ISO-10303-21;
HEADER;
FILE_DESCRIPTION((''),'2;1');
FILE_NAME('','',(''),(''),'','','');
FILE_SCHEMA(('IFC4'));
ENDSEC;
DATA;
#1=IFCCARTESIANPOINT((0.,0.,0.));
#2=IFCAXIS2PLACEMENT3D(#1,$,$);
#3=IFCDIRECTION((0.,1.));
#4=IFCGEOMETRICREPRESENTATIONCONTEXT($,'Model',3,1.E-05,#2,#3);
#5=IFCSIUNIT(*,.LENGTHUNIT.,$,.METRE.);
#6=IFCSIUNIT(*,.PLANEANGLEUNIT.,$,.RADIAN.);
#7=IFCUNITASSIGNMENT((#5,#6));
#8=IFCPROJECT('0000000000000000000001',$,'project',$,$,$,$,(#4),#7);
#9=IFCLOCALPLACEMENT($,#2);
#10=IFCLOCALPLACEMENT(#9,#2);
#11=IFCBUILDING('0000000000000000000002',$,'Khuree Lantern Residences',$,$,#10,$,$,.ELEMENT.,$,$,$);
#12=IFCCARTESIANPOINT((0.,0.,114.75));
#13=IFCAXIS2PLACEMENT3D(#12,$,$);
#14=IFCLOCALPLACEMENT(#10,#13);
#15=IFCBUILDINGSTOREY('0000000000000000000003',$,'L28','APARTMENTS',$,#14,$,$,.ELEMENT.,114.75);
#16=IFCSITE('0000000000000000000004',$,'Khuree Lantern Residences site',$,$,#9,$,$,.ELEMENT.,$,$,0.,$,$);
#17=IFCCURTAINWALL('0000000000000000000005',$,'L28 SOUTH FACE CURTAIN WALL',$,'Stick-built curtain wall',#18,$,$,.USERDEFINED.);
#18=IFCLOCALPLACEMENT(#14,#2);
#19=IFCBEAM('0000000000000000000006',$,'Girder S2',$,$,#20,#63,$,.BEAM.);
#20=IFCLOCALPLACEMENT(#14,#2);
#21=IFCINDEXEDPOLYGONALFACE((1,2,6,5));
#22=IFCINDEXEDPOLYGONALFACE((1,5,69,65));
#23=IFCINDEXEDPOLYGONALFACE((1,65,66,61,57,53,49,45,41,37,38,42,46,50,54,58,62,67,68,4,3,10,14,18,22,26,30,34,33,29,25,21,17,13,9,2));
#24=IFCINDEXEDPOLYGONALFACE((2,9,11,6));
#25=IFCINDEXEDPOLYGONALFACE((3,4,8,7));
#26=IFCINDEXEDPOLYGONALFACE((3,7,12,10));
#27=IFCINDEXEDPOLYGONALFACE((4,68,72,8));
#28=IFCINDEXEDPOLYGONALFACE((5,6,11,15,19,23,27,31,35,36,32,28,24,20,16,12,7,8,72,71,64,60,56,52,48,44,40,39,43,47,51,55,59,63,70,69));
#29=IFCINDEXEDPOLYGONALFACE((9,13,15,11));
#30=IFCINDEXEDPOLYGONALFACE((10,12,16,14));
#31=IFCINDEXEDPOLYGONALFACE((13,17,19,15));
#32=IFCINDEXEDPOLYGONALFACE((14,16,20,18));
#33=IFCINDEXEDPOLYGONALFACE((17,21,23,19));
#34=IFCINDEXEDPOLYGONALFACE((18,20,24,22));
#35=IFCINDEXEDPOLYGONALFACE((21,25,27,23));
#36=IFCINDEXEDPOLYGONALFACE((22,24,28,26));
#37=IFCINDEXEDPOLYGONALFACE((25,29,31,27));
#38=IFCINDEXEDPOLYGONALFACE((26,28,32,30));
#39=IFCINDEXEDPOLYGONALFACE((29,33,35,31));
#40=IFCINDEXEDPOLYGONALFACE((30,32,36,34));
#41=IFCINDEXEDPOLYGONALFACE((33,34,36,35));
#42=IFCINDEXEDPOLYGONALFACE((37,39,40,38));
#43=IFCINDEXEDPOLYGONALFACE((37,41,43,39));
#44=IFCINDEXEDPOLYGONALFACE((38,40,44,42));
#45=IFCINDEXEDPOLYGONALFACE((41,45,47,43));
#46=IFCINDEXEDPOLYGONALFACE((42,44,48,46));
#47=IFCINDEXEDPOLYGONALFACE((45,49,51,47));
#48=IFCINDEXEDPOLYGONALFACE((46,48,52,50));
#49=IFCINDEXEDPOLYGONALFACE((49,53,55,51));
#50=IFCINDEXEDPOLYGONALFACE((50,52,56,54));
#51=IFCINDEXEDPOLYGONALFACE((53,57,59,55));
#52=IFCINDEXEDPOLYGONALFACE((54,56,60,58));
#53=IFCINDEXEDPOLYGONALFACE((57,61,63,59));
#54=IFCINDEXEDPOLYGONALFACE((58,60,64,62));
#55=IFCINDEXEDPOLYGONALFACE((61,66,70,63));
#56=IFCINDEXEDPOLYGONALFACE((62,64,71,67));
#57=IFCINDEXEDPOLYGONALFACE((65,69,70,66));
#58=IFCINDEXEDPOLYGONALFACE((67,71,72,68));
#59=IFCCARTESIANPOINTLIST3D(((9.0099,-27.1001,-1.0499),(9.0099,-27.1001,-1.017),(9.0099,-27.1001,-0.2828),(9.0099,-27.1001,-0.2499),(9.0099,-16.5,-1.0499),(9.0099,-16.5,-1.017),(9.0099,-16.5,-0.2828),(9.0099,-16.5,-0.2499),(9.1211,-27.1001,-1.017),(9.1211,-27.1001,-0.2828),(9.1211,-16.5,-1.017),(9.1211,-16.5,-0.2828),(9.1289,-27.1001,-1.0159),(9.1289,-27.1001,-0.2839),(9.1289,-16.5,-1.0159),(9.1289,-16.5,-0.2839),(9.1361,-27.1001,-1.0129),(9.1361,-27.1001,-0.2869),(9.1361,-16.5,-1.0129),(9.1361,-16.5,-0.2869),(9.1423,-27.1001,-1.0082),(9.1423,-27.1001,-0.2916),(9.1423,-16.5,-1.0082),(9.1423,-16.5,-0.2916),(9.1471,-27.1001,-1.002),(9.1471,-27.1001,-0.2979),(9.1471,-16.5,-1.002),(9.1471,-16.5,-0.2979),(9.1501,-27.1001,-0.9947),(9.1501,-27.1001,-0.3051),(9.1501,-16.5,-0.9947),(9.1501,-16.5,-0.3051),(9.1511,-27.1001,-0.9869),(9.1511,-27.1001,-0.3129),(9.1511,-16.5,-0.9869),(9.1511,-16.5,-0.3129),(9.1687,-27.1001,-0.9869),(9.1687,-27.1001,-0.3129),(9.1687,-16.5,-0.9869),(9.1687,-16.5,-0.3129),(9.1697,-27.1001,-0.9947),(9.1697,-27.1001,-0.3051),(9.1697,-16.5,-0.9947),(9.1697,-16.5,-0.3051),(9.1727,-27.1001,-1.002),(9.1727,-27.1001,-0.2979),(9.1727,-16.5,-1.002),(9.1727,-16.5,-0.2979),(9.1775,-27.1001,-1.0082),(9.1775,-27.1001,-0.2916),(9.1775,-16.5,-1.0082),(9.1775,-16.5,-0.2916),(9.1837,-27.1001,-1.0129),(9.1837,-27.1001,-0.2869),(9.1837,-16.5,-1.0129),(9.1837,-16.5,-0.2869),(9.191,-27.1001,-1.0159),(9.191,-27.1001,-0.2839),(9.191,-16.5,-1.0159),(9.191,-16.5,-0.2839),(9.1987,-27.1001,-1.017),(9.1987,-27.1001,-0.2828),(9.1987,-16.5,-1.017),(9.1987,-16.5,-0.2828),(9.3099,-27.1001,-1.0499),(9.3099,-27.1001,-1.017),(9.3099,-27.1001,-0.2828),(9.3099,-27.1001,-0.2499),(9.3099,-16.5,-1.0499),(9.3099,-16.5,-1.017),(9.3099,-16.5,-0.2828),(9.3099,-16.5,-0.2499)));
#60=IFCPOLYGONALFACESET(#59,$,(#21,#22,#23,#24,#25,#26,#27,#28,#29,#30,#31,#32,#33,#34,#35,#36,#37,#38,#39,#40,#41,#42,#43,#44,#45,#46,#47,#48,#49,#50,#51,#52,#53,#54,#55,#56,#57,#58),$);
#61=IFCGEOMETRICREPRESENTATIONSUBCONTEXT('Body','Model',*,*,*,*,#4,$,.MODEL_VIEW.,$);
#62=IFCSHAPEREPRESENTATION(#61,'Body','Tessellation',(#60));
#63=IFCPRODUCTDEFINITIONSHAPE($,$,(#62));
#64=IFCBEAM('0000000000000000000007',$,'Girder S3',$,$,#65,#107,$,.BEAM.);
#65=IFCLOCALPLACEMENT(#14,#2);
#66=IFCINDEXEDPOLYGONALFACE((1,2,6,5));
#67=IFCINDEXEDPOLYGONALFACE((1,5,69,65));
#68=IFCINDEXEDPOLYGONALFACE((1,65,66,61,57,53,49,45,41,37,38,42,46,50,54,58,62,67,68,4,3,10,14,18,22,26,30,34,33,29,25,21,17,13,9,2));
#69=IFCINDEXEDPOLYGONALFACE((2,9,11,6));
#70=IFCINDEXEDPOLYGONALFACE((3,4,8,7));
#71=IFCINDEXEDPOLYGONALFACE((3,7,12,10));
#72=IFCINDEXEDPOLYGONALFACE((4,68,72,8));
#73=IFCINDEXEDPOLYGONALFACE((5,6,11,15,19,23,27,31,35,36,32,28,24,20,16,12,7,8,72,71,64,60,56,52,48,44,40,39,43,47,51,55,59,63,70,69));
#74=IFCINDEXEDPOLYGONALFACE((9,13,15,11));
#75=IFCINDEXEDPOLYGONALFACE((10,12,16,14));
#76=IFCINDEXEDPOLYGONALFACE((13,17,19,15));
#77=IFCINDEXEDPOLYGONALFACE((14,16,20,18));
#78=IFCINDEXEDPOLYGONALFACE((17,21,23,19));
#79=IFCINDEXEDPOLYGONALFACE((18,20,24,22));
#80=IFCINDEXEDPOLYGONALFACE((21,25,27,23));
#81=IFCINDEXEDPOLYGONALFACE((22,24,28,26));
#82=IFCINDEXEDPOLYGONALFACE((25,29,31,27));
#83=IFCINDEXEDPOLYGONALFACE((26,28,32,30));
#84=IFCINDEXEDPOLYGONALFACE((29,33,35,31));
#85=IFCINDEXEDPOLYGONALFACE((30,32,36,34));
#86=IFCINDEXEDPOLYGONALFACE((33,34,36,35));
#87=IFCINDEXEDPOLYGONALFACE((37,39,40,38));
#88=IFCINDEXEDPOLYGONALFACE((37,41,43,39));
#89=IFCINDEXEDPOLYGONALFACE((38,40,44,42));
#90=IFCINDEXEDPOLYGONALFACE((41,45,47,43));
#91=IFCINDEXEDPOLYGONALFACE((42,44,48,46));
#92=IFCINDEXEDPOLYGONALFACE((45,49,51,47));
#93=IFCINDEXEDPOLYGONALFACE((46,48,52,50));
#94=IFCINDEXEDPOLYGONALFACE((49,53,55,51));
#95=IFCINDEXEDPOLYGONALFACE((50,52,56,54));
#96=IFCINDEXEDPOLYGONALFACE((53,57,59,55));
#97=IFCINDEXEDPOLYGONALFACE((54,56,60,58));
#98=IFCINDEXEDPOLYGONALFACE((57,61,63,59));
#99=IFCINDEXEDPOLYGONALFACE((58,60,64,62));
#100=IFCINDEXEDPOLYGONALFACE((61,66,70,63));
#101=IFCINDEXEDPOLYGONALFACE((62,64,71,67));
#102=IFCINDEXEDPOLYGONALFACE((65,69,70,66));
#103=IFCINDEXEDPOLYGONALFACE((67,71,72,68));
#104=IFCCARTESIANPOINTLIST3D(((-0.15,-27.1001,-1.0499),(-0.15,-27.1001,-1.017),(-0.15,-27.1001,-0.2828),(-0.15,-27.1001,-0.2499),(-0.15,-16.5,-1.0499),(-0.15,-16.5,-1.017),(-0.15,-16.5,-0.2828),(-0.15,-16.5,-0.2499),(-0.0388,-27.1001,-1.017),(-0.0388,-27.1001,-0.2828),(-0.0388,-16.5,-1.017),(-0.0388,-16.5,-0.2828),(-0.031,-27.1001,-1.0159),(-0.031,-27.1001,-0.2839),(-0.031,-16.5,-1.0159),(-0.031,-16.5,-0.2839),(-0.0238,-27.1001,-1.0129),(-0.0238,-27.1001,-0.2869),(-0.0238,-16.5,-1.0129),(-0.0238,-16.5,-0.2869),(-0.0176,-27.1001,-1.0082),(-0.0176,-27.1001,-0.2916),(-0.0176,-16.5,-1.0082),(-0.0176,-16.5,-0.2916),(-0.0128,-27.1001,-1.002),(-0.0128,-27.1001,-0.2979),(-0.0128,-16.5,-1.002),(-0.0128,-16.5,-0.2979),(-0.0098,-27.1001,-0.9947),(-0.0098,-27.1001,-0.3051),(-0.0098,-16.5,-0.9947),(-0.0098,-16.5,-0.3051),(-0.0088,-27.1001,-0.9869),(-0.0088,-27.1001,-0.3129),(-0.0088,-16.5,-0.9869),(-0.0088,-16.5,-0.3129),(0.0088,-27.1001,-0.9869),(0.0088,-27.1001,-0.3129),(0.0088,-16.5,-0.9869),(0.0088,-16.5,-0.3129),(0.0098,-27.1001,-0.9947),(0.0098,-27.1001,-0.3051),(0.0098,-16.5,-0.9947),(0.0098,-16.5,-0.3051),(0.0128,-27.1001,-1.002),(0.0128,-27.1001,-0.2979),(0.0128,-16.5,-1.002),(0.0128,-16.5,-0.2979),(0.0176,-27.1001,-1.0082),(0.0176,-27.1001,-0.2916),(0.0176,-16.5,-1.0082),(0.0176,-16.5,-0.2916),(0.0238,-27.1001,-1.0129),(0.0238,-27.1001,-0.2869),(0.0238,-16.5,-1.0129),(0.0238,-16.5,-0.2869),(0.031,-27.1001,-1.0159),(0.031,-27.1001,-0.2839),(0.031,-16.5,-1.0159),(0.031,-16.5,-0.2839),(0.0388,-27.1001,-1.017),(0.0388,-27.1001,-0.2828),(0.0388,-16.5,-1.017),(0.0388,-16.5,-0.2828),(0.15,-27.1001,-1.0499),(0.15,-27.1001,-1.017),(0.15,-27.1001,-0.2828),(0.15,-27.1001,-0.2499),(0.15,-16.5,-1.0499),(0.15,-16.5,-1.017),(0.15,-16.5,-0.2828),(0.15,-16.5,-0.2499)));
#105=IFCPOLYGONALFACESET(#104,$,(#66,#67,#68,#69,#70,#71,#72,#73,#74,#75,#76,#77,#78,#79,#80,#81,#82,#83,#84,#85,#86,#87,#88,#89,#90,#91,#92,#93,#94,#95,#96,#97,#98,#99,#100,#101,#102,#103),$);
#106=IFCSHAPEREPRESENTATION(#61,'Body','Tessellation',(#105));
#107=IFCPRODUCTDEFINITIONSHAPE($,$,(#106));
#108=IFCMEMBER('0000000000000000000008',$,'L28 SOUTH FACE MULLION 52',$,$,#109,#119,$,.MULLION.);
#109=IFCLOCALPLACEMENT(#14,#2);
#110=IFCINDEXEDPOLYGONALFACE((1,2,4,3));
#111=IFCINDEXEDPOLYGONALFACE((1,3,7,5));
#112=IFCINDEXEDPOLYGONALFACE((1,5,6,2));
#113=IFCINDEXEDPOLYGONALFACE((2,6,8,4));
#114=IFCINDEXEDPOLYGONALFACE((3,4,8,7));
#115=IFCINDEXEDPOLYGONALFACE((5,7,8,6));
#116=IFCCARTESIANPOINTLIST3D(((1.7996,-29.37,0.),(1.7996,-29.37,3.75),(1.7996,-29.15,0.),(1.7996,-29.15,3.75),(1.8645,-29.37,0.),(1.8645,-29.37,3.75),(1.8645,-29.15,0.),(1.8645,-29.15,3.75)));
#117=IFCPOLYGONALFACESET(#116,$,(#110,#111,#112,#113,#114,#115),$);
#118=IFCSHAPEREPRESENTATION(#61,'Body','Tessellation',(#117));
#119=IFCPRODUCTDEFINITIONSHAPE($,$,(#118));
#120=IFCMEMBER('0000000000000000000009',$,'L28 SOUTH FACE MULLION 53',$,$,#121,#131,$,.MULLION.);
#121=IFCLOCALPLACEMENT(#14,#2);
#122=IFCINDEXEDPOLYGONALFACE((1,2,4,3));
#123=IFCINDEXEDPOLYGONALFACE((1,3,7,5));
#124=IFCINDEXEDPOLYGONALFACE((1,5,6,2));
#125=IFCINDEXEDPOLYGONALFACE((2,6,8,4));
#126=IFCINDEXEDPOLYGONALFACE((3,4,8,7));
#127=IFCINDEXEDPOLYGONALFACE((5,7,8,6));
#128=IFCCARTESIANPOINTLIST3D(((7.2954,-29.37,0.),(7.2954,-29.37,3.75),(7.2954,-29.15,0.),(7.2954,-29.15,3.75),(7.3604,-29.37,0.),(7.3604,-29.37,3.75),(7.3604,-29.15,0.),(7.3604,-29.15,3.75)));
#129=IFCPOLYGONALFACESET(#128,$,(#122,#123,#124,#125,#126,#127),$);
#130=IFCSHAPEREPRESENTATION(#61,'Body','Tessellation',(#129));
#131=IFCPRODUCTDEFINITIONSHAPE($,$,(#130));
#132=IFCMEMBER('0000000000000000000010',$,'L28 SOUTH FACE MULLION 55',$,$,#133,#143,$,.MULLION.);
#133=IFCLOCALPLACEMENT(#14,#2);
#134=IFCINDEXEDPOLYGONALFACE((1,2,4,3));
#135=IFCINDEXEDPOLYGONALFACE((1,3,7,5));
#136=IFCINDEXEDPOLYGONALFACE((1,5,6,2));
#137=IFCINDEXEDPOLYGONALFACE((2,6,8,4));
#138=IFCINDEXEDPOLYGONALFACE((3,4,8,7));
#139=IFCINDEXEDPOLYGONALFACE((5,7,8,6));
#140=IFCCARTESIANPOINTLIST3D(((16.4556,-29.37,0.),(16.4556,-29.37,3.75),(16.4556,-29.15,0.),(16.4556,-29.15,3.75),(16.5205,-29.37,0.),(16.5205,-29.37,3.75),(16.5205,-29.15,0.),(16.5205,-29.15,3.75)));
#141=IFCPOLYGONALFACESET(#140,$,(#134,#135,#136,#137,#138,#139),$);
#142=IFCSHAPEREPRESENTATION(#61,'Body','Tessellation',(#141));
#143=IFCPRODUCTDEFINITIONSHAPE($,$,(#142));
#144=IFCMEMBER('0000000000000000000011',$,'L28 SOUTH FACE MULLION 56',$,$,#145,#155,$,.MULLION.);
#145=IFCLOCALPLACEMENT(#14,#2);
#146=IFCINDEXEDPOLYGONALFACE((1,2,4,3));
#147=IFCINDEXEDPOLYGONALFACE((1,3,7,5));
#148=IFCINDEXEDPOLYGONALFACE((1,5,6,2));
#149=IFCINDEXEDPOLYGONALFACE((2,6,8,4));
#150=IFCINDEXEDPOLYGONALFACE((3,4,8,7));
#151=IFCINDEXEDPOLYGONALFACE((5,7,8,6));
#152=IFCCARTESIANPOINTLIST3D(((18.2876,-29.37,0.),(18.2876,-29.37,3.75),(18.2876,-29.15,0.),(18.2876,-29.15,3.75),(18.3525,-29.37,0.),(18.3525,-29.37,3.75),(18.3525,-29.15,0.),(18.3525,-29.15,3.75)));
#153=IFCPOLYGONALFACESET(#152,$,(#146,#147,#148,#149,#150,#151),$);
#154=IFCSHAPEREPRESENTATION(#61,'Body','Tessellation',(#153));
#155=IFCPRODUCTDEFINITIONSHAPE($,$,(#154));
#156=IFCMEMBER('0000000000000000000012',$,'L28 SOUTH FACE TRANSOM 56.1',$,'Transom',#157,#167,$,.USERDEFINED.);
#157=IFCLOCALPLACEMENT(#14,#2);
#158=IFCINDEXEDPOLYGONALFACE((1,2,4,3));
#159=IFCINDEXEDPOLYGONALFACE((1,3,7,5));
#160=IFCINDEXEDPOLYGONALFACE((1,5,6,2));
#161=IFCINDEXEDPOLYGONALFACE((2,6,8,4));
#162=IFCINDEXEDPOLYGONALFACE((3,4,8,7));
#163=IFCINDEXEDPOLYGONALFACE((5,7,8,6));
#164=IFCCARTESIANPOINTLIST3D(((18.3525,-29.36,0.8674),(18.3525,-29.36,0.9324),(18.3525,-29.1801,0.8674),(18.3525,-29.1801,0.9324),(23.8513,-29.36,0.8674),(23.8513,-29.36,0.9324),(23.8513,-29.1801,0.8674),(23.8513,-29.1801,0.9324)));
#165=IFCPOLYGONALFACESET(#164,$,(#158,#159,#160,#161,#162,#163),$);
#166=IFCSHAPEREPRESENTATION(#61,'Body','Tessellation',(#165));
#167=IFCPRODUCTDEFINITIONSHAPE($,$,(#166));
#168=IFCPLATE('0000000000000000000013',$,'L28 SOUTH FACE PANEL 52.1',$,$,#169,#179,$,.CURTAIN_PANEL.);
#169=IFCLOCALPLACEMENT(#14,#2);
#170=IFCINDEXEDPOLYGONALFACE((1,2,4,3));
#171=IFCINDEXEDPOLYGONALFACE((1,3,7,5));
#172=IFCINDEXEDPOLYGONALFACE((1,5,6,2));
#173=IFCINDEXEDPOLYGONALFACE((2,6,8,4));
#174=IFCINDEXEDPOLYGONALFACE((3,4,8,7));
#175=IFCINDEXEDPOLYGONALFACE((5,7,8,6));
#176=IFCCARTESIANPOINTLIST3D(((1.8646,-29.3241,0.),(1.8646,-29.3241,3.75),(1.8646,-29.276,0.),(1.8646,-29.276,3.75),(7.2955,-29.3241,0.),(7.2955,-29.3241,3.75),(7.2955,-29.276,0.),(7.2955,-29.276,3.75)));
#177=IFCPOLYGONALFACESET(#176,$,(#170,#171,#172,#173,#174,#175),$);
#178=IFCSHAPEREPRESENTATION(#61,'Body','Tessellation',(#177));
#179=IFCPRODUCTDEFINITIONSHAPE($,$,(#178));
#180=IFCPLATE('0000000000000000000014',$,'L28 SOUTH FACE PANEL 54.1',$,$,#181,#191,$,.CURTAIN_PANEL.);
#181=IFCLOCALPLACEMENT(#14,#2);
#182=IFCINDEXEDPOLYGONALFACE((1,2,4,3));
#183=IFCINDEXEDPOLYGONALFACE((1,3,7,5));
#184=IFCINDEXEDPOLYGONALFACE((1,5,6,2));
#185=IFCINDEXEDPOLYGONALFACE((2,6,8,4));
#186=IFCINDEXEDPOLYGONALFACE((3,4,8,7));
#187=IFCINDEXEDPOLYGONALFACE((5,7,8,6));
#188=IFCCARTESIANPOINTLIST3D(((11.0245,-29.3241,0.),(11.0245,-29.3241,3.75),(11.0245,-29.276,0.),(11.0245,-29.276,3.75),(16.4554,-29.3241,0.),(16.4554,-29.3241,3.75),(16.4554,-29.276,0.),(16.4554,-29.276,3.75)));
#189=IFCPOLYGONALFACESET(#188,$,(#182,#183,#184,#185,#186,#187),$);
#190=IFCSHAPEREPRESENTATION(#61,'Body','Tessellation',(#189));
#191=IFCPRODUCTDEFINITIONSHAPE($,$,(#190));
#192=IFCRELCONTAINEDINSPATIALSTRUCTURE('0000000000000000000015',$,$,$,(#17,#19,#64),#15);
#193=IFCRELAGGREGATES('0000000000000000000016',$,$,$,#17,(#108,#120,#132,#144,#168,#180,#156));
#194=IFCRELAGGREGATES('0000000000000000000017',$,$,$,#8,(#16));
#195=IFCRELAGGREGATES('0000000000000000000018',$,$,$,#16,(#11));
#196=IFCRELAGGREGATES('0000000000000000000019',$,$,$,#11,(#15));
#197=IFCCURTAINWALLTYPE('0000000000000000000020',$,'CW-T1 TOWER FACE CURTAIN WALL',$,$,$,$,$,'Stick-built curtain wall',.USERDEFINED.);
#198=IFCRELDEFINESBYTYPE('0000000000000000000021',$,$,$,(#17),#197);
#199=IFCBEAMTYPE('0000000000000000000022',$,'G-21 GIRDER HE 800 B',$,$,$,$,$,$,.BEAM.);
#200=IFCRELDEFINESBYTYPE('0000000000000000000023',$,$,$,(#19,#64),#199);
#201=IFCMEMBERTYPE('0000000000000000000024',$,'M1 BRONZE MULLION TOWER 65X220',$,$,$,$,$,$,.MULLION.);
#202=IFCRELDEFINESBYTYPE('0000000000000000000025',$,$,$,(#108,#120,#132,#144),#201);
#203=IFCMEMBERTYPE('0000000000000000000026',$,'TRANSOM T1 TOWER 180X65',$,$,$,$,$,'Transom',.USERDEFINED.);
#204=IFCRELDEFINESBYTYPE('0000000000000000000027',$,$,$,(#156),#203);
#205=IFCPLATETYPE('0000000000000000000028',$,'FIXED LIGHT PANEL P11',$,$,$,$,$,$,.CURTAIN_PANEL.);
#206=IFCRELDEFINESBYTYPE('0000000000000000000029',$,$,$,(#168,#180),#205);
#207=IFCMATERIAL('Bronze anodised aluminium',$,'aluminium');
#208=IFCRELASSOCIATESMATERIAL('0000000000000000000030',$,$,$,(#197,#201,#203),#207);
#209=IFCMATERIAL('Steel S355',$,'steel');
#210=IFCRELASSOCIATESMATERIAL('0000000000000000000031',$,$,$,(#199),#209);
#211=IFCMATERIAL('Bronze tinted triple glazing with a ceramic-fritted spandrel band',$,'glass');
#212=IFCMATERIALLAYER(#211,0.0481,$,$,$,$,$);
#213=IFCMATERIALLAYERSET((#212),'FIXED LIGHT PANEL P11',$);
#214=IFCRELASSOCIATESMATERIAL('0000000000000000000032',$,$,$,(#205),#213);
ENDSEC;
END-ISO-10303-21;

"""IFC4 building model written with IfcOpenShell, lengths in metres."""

from ifc_helpers import new_model, si_unit, direction, frame, origin, origin_2d, place, context, subcontext, project, spatial, rectangle, i_section, extrude, material, layer, layer_set, material_profile, profile_set, type_object, element, aggregate, save


model = new_model("IFC4")

# Units and contexts
model_context = context("Model", 3, precision=1e-05, world=origin(), true_north=direction((0.0, 1.0)))
body_context = subcontext(model_context, "Body", "Model", "MODEL_VIEW")
ifc_project = project(units=[si_unit("LENGTHUNIT", "METRE"), si_unit("PLANEANGLEUNIT", "RADIAN")], contexts=[model_context])

# Site, building, storey
site_placement = place(None, origin())
site = spatial("IfcSite", under=ifc_project, at=site_placement, Name="Khuree Lantern Residences site", CompositionType="ELEMENT", RefElevation=0.0)
building_placement = place(site_placement, origin())
building = spatial("IfcBuilding", under=site, at=building_placement, Name="Khuree Lantern Residences", CompositionType="ELEMENT")
storey_placement = place(building_placement, frame((0.0, 0.0, 114.75)))
storey = spatial("IfcBuildingStorey", under=building, at=storey_placement, Name="L28", Description="APARTMENTS", CompositionType="ELEMENT", Elevation=114.75)

# Shared definitions
ifc_material_1 = material(Name="Steel S355", Category="steel")

# Curtain wall
ifc_material_2 = material(Name="Bronze anodised aluminium", Category="aluminium")
curtain_wall_type = type_object("IfcCurtainWallType", Name="CW-T1 TOWER FACE CURTAIN WALL", ElementType="Stick-built curtain wall", PredefinedType="USERDEFINED", material=ifc_material_2)
curtain_wall_placement = place(storey_placement, origin())
curtain_wall = element("IfcCurtainWall", 1, at=curtain_wall_placement, inside=storey, type_object=curtain_wall_type, Name="L28 SOUTH FACE CURTAIN WALL", ObjectType="Stick-built curtain wall", PredefinedType="USERDEFINED")

# Beams
ifc_material_profile_1 = material_profile(ifc_material_1, i_section(OverallWidth=0.3, OverallDepth=0.8, WebThickness=0.0176, FlangeThickness=0.033, FilletRadius=0.03, at=origin_2d()), Name="HE 800 B")
ifc_profile_set_1 = profile_set([ifc_material_profile_1], Name="Steel S355")
beam_type_1 = type_object("IfcBeamType", Name="G-21 GIRDER HE 800 B", PredefinedType="BEAM", material=ifc_profile_set_1)
for number, where, z_axis, x_axis, name in (
    (2, (9.1599, -27.1001, -0.6499), (0.0, 1.0, 0.0), (-1.0, 0.0, 0.0), "Girder S2"),
    (3, (0.0, -27.1001, -0.6499), (0.0, 1.0, 0.0), (-1.0, 0.0, 0.0), "Girder S3"),
):
    element("IfcBeam", number, at=place(storey_placement, frame(where, z_axis=z_axis, x_axis=x_axis)), inside=storey, type_object=beam_type_1, Name=name, PredefinedType="BEAM", context=body_context, shape_type="SweptSolid", body=[
        extrude(i_section(OverallWidth=0.3, OverallDepth=0.8, WebThickness=0.0176, FlangeThickness=0.033, FilletRadius=0.03, at=origin_2d()), origin(), (0.0, 0.0, 1.0), 10.6001),
    ])

# Members
ifc_material_profile_2 = material_profile(ifc_material_2, rectangle(XDim=0.0649, YDim=0.22, at=origin_2d()), Name="M1 65X220")
ifc_profile_set_2 = profile_set([ifc_material_profile_2], Name="Bronze anodised aluminium")
member_type_1 = type_object("IfcMemberType", Name="M1 BRONZE MULLION TOWER 65X220", PredefinedType="MULLION", material=ifc_profile_set_2)
member_1_placement = place(storey_placement, frame((1.832, -29.26, 0.0), z_axis=(0.0, 0.0, 1.0), x_axis=(1.0, 0.0, 0.0)))
member_1 = element("IfcMember", 4, at=member_1_placement, type_object=member_type_1, Name="L28 SOUTH FACE MULLION 52", PredefinedType="MULLION", context=body_context, shape_type="SweptSolid", body=[
    extrude(rectangle(XDim=0.0649, YDim=0.22, at=origin_2d()), origin(), (0.0, 0.0, 1.0), 3.75),
])
member_2_placement = place(storey_placement, frame((7.3279, -29.26, 0.0), z_axis=(0.0, 0.0, 1.0), x_axis=(1.0, 0.0, 0.0)))
member_2 = element("IfcMember", 5, at=member_2_placement, type_object=member_type_1, Name="L28 SOUTH FACE MULLION 53", PredefinedType="MULLION", context=body_context, shape_type="SweptSolid", body=[
    extrude(rectangle(XDim=0.0649, YDim=0.22, at=origin_2d()), origin(), (0.0, 0.0, 1.0), 3.75),
])
member_3_placement = place(storey_placement, frame((16.488, -29.26, 0.0), z_axis=(0.0, 0.0, 1.0), x_axis=(1.0, 0.0, 0.0)))
member_3 = element("IfcMember", 6, at=member_3_placement, type_object=member_type_1, Name="L28 SOUTH FACE MULLION 55", PredefinedType="MULLION", context=body_context, shape_type="SweptSolid", body=[
    extrude(rectangle(XDim=0.0649, YDim=0.22, at=origin_2d()), origin(), (0.0, 0.0, 1.0), 3.75),
])
member_4_placement = place(storey_placement, frame((18.3201, -29.26, 0.0), z_axis=(0.0, 0.0, 1.0), x_axis=(1.0, 0.0, 0.0)))
member_4 = element("IfcMember", 7, at=member_4_placement, type_object=member_type_1, Name="L28 SOUTH FACE MULLION 56", PredefinedType="MULLION", context=body_context, shape_type="SweptSolid", body=[
    extrude(rectangle(XDim=0.0649, YDim=0.22, at=origin_2d()), origin(), (0.0, 0.0, 1.0), 3.75),
])
ifc_material_profile_3 = material_profile(ifc_material_2, rectangle(XDim=0.1799, YDim=0.0649, at=origin_2d()), Name="T1 180X65")
ifc_profile_set_3 = profile_set([ifc_material_profile_3], Name="Bronze anodised aluminium")
member_type_2 = type_object("IfcMemberType", Name="TRANSOM T1 TOWER 180X65", ElementType="Transom", PredefinedType="USERDEFINED", material=ifc_profile_set_3)
member_5_placement = place(storey_placement, frame((18.3525, -29.27, 0.8999), z_axis=(1.0, 0.0, 0.0), x_axis=(0.0, 1.0, 0.0)))
member_5 = element("IfcMember", 8, at=member_5_placement, type_object=member_type_2, Name="L28 SOUTH FACE TRANSOM 56.1", ObjectType="Transom", PredefinedType="USERDEFINED", context=body_context, shape_type="SweptSolid", body=[
    extrude(rectangle(XDim=0.1799, YDim=0.0649, at=origin_2d()), origin(), (0.0, 0.0, 1.0), 5.4988),
])

# Plates
ifc_material_3 = material(Name="Bronze tinted triple glazing with a ceramic-fritted spandrel band", Category="glass")
ifc_layer_1 = layer(ifc_material_3, 0.0481)
ifc_layer_set_1 = layer_set([ifc_layer_1], Name="FIXED LIGHT PANEL P11")
plate_type_1 = type_object("IfcPlateType", Name="FIXED LIGHT PANEL P11", PredefinedType="CURTAIN_PANEL", material=ifc_layer_set_1)
plate_1_placement = place(storey_placement, frame((4.5801, -29.3, 0.0), z_axis=(0.0, 0.0, 1.0), x_axis=(1.0, 0.0, 0.0)))
plate_1 = element("IfcPlate", 9, at=plate_1_placement, type_object=plate_type_1, Name="L28 SOUTH FACE PANEL 52.1", PredefinedType="CURTAIN_PANEL", context=body_context, shape_type="SweptSolid", body=[
    extrude(rectangle(XDim=5.4309, YDim=0.0481, at=origin_2d()), origin(), (0.0, 0.0, 1.0), 3.75),
])
plate_2_placement = place(storey_placement, frame((13.74, -29.3, 0.0), z_axis=(0.0, 0.0, 1.0), x_axis=(1.0, 0.0, 0.0)))
plate_2 = element("IfcPlate", 10, at=plate_2_placement, type_object=plate_type_1, Name="L28 SOUTH FACE PANEL 54.1", PredefinedType="CURTAIN_PANEL", context=body_context, shape_type="SweptSolid", body=[
    extrude(rectangle(XDim=5.4309, YDim=0.0481, at=origin_2d()), origin(), (0.0, 0.0, 1.0), 3.75),
])
aggregate(curtain_wall, [member_1, member_2, member_3, member_4, plate_1, plate_2, member_5])

save(model, "model.ifc")
